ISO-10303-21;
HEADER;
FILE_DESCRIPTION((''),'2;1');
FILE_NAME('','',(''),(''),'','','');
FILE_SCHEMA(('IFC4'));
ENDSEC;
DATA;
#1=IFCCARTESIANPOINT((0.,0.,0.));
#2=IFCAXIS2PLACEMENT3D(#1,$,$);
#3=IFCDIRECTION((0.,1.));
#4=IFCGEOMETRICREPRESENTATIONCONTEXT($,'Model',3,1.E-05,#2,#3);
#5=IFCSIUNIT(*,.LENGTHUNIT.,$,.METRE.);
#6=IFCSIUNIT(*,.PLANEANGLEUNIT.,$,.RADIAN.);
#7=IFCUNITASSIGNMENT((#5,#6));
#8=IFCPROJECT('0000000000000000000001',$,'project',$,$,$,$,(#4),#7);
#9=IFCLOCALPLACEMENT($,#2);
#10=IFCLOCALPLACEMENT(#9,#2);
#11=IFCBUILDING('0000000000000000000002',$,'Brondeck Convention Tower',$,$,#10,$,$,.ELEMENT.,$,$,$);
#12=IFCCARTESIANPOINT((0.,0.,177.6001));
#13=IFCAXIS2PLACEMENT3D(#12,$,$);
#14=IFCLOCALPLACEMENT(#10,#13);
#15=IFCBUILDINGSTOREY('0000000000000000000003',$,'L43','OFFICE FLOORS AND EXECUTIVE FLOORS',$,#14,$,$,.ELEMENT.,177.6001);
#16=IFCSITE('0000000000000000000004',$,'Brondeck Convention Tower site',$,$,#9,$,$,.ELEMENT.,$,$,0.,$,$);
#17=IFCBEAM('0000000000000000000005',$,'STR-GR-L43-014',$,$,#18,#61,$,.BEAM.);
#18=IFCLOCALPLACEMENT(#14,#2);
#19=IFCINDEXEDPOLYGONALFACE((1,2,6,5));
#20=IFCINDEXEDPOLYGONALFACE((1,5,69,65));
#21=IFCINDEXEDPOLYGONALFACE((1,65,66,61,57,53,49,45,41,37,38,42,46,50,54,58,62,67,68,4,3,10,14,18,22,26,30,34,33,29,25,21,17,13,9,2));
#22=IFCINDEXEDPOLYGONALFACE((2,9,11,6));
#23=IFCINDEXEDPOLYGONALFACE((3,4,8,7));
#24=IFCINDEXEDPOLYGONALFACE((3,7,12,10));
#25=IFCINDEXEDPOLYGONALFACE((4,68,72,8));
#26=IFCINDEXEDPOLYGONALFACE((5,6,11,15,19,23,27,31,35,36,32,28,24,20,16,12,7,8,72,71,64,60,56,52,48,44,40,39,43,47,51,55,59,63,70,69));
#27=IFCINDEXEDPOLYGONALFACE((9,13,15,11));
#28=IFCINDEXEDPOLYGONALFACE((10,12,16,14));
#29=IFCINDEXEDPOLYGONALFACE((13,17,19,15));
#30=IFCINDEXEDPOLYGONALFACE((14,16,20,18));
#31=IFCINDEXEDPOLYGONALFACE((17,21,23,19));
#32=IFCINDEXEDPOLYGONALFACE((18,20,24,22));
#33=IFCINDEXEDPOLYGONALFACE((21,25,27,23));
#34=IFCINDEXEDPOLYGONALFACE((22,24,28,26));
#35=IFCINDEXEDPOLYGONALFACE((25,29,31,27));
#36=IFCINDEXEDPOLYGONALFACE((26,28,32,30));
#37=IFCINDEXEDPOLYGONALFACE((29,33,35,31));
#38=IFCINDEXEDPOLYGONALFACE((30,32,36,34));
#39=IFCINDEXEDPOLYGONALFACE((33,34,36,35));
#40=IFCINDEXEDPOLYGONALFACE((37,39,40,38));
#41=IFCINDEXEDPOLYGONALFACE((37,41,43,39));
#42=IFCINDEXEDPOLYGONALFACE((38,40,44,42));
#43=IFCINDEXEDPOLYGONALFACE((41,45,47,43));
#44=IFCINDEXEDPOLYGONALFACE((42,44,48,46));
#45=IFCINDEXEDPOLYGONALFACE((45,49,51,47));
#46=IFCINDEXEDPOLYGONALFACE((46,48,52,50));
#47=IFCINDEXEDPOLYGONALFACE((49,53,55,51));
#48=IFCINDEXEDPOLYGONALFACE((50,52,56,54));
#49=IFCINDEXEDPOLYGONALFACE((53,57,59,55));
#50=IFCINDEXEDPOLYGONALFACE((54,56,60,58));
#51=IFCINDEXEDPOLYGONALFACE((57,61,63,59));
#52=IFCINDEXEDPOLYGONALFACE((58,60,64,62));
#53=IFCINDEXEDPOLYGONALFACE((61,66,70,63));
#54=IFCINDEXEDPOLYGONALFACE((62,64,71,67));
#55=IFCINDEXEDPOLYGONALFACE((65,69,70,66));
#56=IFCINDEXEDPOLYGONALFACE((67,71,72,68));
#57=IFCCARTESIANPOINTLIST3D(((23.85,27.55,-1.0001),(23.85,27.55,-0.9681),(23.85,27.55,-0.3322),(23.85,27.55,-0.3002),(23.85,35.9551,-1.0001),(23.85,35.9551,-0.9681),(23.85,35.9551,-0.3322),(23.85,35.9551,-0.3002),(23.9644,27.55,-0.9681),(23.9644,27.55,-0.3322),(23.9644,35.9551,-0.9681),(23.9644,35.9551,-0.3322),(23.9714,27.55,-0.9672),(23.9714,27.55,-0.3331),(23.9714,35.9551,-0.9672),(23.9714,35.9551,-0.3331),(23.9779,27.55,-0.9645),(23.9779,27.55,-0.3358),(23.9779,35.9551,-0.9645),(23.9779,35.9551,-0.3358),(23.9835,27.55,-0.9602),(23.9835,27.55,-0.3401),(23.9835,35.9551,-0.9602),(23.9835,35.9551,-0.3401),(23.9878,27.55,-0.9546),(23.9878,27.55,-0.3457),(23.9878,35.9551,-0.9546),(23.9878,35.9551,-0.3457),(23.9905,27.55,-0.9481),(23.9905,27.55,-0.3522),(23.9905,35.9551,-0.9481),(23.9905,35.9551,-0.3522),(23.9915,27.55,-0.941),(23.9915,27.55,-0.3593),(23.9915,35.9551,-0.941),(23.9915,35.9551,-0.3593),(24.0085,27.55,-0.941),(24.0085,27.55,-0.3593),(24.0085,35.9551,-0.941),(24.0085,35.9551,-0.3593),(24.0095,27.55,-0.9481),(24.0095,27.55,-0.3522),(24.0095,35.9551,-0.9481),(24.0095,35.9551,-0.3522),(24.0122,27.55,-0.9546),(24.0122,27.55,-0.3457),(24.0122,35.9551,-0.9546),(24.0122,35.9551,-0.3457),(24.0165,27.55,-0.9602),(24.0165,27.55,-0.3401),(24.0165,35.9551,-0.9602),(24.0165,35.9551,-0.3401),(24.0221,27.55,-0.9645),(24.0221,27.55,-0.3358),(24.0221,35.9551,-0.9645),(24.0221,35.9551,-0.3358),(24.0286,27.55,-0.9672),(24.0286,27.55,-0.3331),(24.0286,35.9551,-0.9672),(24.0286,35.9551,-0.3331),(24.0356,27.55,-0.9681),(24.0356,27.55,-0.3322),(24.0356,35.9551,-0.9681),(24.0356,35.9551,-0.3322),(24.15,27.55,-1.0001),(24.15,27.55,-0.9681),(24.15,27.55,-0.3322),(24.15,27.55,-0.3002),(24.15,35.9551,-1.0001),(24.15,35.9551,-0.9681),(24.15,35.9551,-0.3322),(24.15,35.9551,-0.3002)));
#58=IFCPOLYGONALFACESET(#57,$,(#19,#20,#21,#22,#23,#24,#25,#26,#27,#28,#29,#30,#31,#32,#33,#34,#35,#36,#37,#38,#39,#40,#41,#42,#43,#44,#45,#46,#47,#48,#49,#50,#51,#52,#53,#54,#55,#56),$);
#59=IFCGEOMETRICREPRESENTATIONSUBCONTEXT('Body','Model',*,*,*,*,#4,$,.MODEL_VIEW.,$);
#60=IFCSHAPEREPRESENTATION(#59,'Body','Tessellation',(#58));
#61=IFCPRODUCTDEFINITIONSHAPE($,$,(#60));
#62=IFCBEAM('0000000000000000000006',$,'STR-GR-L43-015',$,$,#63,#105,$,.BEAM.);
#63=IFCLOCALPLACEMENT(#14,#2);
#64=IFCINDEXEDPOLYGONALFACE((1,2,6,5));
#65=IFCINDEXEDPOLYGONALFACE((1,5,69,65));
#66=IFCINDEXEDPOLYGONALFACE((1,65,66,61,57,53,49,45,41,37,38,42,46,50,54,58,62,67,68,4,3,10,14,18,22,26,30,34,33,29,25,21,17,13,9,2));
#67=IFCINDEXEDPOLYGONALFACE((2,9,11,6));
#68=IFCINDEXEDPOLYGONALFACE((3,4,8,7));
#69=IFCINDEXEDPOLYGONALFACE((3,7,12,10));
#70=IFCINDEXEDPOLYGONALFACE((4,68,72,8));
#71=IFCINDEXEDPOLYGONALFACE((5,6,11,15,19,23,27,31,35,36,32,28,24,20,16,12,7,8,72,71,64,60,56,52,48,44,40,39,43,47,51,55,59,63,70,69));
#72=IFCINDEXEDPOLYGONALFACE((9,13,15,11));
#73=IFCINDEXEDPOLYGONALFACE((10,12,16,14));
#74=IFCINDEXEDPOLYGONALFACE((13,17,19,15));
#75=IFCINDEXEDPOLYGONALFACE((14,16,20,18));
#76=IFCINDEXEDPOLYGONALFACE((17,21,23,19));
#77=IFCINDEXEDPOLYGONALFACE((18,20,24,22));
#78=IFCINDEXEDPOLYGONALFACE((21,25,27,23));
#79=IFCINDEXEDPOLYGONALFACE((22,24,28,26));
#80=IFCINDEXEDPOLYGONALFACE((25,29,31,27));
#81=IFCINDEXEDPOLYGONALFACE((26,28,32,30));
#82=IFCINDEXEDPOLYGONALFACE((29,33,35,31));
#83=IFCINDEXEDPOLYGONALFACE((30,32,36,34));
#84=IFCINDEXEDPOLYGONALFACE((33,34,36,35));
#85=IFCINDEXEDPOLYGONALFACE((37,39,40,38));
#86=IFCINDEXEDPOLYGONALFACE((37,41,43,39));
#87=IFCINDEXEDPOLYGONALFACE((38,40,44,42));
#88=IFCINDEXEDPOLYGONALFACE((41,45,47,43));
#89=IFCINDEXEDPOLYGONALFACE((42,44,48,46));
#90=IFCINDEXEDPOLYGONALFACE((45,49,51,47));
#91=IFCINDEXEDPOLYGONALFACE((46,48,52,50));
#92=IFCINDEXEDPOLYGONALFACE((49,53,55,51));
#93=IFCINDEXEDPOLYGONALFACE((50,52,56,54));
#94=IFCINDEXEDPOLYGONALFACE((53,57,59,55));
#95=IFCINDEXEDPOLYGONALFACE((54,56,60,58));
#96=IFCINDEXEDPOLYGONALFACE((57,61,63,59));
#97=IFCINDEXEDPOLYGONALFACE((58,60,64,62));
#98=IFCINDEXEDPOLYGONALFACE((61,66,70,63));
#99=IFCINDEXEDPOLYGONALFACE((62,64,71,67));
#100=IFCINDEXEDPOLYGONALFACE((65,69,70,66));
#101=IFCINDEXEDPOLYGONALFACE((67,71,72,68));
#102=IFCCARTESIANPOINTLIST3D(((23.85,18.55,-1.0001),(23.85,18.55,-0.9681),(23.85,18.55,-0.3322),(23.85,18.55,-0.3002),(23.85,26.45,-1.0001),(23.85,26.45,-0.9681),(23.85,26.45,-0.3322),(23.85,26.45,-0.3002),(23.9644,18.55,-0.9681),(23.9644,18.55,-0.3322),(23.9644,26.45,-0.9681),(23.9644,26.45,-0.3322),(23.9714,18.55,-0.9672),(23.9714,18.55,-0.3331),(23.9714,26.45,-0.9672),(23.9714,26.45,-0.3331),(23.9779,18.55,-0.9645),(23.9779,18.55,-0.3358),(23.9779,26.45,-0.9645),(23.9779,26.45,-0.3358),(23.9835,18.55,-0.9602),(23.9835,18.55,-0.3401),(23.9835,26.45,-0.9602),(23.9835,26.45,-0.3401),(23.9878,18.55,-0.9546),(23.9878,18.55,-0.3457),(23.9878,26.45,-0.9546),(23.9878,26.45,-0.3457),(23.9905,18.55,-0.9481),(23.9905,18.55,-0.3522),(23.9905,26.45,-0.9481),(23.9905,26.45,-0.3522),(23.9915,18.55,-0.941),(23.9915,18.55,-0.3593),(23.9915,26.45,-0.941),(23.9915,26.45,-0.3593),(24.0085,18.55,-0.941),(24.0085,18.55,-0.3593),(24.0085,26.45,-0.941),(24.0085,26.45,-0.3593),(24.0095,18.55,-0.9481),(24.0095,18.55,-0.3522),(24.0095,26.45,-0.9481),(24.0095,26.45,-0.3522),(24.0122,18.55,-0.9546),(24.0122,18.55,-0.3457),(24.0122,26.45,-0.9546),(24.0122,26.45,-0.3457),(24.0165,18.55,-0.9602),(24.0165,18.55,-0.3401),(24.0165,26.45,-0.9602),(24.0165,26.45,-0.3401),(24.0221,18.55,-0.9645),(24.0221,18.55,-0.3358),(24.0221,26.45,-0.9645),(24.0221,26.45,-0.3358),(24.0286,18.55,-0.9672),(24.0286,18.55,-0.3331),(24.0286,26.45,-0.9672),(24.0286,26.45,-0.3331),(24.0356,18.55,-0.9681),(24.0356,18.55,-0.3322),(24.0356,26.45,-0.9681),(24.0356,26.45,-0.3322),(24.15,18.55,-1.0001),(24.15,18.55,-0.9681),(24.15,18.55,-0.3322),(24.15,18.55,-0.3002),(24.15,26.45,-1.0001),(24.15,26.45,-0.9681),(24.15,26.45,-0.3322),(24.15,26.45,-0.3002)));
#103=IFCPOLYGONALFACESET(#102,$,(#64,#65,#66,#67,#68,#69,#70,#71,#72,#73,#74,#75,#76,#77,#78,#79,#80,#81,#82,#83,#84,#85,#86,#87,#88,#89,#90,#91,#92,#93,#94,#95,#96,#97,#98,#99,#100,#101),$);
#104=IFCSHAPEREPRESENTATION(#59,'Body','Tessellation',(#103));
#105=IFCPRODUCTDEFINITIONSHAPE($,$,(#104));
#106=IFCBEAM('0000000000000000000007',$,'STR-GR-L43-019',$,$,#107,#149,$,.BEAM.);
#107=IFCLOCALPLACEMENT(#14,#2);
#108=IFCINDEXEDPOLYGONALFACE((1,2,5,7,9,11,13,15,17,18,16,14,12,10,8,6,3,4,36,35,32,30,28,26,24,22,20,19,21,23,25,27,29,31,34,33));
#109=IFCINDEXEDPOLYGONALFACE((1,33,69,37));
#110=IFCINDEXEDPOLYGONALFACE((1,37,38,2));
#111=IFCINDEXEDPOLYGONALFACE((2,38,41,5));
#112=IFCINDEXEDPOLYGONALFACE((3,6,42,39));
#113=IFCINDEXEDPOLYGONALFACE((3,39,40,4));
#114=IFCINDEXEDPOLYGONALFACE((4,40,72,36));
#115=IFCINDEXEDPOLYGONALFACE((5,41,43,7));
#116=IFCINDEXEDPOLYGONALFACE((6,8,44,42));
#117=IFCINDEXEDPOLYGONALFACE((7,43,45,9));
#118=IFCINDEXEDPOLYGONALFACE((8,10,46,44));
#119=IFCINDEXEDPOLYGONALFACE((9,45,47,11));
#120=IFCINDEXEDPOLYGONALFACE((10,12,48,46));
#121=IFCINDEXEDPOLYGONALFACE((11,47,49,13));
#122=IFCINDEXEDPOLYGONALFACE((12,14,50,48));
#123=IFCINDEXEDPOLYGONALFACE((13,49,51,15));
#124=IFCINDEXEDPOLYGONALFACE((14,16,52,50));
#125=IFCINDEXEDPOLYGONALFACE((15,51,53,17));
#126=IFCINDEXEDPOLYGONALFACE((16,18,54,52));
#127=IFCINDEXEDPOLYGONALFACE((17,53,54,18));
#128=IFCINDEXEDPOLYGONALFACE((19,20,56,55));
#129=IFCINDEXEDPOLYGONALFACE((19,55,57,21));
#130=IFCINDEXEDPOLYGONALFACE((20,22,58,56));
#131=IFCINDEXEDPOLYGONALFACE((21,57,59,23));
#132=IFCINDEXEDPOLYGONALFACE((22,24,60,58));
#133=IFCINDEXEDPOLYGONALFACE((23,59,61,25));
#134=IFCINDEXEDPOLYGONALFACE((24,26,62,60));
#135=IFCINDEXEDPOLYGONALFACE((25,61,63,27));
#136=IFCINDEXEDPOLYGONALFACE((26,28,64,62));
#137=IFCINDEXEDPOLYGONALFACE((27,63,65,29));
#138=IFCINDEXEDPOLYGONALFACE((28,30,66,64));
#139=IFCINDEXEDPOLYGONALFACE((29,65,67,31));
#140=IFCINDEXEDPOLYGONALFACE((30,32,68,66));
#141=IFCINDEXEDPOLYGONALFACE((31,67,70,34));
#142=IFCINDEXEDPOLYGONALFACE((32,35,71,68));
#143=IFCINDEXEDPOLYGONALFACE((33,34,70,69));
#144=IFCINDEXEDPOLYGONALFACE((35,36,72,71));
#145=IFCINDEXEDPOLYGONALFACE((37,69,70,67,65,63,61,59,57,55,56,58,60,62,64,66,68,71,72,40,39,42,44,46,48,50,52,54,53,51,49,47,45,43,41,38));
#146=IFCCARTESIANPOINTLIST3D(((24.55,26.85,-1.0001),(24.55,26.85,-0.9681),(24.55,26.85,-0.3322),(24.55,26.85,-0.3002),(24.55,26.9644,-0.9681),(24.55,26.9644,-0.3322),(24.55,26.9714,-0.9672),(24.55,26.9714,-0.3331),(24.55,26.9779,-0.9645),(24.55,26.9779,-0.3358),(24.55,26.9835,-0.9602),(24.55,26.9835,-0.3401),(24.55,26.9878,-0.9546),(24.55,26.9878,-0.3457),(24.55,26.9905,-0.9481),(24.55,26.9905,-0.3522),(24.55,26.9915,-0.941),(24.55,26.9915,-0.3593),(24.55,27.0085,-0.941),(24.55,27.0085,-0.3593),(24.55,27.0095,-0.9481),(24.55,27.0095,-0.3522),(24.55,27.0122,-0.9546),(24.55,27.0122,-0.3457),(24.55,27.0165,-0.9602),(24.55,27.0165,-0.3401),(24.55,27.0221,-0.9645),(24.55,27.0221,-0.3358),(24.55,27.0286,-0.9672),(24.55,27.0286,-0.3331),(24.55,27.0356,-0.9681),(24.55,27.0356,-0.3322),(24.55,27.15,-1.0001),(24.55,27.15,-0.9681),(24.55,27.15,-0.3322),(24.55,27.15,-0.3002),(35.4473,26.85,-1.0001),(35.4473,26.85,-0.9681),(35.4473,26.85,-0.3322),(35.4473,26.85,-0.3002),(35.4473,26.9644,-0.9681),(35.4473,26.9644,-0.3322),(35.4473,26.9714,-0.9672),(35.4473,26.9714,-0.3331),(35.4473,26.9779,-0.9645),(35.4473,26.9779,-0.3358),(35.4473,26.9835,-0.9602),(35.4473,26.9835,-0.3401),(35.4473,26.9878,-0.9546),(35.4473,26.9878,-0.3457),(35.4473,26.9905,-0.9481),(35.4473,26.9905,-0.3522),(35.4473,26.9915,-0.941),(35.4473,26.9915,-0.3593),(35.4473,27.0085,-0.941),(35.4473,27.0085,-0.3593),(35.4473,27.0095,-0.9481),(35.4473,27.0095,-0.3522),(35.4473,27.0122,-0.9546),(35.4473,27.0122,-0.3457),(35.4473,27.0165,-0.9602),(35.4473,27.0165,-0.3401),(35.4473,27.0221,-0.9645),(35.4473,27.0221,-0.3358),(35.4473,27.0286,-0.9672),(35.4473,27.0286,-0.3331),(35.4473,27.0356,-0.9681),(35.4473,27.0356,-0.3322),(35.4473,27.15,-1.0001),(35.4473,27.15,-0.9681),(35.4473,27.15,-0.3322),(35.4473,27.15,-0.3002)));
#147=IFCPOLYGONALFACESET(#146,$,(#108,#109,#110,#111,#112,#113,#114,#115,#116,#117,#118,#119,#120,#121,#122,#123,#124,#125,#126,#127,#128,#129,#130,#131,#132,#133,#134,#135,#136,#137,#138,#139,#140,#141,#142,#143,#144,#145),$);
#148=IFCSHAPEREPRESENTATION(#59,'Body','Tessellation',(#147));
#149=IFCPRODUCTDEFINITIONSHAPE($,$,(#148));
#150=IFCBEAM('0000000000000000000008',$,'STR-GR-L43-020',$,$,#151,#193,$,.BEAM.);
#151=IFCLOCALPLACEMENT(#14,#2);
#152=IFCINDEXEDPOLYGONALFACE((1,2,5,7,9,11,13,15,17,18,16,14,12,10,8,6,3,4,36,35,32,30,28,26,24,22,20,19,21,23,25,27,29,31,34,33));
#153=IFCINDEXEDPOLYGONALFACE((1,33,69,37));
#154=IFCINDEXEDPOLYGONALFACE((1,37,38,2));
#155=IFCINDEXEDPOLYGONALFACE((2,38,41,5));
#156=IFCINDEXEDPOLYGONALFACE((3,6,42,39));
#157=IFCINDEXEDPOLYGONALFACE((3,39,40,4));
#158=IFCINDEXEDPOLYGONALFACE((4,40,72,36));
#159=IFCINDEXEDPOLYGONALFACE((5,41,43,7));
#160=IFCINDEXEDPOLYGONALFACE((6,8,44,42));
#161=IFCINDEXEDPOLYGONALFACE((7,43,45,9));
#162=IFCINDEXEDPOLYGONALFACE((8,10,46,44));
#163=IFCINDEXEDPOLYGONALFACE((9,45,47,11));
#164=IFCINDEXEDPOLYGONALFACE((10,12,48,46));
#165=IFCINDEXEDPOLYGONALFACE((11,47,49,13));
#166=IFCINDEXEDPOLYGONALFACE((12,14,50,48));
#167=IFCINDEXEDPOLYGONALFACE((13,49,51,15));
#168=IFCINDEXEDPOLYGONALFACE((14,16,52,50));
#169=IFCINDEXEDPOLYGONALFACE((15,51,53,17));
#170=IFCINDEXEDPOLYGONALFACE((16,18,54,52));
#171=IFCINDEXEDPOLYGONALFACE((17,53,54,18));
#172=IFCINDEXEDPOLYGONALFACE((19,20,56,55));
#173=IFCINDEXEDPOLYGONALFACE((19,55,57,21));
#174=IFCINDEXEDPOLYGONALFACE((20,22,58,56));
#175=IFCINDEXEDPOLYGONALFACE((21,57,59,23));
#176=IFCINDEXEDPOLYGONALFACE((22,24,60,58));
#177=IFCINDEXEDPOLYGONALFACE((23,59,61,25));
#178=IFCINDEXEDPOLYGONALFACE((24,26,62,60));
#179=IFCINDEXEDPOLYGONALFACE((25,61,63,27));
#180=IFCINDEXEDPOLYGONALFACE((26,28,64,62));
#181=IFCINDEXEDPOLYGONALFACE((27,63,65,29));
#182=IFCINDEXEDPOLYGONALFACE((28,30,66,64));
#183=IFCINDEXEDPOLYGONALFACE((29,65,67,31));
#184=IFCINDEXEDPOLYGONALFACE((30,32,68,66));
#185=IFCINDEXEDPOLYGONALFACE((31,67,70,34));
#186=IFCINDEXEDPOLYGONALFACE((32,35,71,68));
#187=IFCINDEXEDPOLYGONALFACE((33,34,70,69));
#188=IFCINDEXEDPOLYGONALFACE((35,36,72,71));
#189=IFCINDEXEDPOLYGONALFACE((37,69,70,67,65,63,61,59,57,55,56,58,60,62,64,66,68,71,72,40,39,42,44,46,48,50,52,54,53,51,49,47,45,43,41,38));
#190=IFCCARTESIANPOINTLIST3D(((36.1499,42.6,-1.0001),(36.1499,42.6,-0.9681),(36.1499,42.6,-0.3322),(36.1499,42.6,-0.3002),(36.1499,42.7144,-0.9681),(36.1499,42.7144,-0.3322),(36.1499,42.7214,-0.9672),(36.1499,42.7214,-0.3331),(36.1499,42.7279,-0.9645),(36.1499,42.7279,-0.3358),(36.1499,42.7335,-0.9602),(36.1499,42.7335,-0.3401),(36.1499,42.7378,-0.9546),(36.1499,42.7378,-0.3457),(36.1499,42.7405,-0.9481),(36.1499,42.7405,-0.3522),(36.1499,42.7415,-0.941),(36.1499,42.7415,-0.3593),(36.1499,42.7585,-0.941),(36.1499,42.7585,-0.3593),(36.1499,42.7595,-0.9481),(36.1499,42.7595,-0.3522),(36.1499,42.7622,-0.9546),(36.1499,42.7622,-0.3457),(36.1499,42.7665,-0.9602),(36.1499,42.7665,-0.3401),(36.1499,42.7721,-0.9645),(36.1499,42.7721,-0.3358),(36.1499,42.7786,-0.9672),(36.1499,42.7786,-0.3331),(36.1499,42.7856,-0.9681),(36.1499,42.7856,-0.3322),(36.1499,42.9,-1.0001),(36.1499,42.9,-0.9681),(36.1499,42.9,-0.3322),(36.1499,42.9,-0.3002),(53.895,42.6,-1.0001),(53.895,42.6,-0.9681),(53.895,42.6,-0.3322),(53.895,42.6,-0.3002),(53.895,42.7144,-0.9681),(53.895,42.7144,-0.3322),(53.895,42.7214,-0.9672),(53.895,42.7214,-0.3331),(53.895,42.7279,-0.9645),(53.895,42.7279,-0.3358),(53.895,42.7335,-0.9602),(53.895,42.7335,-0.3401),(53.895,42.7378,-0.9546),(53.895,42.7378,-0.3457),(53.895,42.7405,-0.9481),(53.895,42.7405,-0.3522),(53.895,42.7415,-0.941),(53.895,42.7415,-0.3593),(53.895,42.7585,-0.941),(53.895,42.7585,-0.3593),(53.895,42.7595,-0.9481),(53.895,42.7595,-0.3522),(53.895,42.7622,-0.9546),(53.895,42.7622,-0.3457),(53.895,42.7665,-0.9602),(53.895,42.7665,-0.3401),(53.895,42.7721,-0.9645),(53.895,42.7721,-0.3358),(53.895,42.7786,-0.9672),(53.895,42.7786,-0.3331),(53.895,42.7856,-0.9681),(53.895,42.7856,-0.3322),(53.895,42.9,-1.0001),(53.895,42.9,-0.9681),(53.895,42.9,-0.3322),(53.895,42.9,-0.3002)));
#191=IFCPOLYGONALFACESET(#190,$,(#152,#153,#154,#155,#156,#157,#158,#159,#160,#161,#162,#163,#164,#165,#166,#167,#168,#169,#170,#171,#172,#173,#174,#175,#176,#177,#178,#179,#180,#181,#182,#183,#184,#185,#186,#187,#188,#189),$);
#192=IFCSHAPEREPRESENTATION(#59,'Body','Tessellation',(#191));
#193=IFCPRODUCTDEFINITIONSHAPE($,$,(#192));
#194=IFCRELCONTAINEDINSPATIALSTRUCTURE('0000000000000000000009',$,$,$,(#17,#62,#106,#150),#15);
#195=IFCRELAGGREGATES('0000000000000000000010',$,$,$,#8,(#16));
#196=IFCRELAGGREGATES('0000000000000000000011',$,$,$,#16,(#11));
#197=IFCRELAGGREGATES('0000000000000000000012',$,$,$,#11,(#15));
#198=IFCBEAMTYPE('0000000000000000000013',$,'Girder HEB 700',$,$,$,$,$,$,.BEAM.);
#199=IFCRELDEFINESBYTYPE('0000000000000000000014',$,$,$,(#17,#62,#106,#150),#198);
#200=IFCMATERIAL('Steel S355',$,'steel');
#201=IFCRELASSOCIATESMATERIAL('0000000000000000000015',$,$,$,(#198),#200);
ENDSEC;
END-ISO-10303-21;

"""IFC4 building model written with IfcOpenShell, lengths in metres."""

from ifc_helpers import new_model, si_unit, direction, frame, origin, origin_2d, place, context, subcontext, project, spatial, i_section, extrude, material, material_profile, profile_set, type_object, element, save


model = new_model("IFC4")

# Units and contexts
model_context = context("Model", 3, precision=1e-05, world=origin(), true_north=direction((0.0, 1.0)))
body_context = subcontext(model_context, "Body", "Model", "MODEL_VIEW")
ifc_project = project(units=[si_unit("LENGTHUNIT", "METRE"), si_unit("PLANEANGLEUNIT", "RADIAN")], contexts=[model_context])

# Site, building, storey
site_placement = place(None, origin())
site = spatial("IfcSite", under=ifc_project, at=site_placement, Name="Brondeck Convention Tower site", CompositionType="ELEMENT", RefElevation=0.0)
building_placement = place(site_placement, origin())
building = spatial("IfcBuilding", under=site, at=building_placement, Name="Brondeck Convention Tower", CompositionType="ELEMENT")
storey_placement = place(building_placement, frame((0.0, 0.0, 177.6001)))
storey = spatial("IfcBuildingStorey", under=building, at=storey_placement, Name="L43", Description="OFFICE FLOORS AND EXECUTIVE FLOORS", CompositionType="ELEMENT", Elevation=177.6001)

# Beams
ifc_material_1 = material(Name="Steel S355", Category="steel")
ifc_material_profile_1 = material_profile(ifc_material_1, i_section(OverallWidth=0.3, OverallDepth=0.7, WebThickness=0.0171, FlangeThickness=0.032, FilletRadius=0.0271, at=origin_2d()), Name="HEB 700")
ifc_profile_set_1 = profile_set([ifc_material_profile_1], Name="Steel S355")
beam_type_1 = type_object("IfcBeamType", Name="Girder HEB 700", PredefinedType="BEAM", material=ifc_profile_set_1)
beam_1_placement = place(storey_placement, frame((24.0, 35.9551, -0.6501), z_axis=(0.0, -1.0, 0.0), x_axis=(1.0, 0.0, 0.0)))
element("IfcBeam", 1, at=beam_1_placement, inside=storey, type_object=beam_type_1, Name="STR-GR-L43-014", PredefinedType="BEAM", context=body_context, shape_type="SweptSolid", body=[
    extrude(i_section(OverallWidth=0.3, OverallDepth=0.7, WebThickness=0.0171, FlangeThickness=0.032, FilletRadius=0.0271, at=origin_2d()), origin(), (0.0, 0.0, 1.0), 8.405),
])
beam_2_placement = place(storey_placement, frame((24.0, 26.45, -0.6501), z_axis=(0.0, -1.0, 0.0), x_axis=(1.0, 0.0, 0.0)))
element("IfcBeam", 2, at=beam_2_placement, inside=storey, type_object=beam_type_1, Name="STR-GR-L43-015", PredefinedType="BEAM", context=body_context, shape_type="SweptSolid", body=[
    extrude(i_section(OverallWidth=0.3, OverallDepth=0.7, WebThickness=0.0171, FlangeThickness=0.032, FilletRadius=0.0271, at=origin_2d()), origin(), (0.0, 0.0, 1.0), 7.8999),
])
beam_3_placement = place(storey_placement, frame((24.55, 27.0, -0.6501), z_axis=(1.0, 0.0, 0.0), x_axis=(0.0, 1.0, 0.0)))
element("IfcBeam", 3, at=beam_3_placement, inside=storey, type_object=beam_type_1, Name="STR-GR-L43-019", PredefinedType="BEAM", context=body_context, shape_type="SweptSolid", body=[
    extrude(i_section(OverallWidth=0.3, OverallDepth=0.7, WebThickness=0.0171, FlangeThickness=0.032, FilletRadius=0.0271, at=origin_2d()), origin(), (0.0, 0.0, 1.0), 10.8972),
])
beam_4_placement = place(storey_placement, frame((36.1499, 42.75, -0.6501), z_axis=(1.0, 0.0, 0.0), x_axis=(0.0, 1.0, 0.0)))
element("IfcBeam", 4, at=beam_4_placement, inside=storey, type_object=beam_type_1, Name="STR-GR-L43-020", PredefinedType="BEAM", context=body_context, shape_type="SweptSolid", body=[
    extrude(i_section(OverallWidth=0.3, OverallDepth=0.7, WebThickness=0.0171, FlangeThickness=0.032, FilletRadius=0.0271, at=origin_2d()), origin(), (0.0, 0.0, 1.0), 17.7451),
])

save(model, "model.ifc")
